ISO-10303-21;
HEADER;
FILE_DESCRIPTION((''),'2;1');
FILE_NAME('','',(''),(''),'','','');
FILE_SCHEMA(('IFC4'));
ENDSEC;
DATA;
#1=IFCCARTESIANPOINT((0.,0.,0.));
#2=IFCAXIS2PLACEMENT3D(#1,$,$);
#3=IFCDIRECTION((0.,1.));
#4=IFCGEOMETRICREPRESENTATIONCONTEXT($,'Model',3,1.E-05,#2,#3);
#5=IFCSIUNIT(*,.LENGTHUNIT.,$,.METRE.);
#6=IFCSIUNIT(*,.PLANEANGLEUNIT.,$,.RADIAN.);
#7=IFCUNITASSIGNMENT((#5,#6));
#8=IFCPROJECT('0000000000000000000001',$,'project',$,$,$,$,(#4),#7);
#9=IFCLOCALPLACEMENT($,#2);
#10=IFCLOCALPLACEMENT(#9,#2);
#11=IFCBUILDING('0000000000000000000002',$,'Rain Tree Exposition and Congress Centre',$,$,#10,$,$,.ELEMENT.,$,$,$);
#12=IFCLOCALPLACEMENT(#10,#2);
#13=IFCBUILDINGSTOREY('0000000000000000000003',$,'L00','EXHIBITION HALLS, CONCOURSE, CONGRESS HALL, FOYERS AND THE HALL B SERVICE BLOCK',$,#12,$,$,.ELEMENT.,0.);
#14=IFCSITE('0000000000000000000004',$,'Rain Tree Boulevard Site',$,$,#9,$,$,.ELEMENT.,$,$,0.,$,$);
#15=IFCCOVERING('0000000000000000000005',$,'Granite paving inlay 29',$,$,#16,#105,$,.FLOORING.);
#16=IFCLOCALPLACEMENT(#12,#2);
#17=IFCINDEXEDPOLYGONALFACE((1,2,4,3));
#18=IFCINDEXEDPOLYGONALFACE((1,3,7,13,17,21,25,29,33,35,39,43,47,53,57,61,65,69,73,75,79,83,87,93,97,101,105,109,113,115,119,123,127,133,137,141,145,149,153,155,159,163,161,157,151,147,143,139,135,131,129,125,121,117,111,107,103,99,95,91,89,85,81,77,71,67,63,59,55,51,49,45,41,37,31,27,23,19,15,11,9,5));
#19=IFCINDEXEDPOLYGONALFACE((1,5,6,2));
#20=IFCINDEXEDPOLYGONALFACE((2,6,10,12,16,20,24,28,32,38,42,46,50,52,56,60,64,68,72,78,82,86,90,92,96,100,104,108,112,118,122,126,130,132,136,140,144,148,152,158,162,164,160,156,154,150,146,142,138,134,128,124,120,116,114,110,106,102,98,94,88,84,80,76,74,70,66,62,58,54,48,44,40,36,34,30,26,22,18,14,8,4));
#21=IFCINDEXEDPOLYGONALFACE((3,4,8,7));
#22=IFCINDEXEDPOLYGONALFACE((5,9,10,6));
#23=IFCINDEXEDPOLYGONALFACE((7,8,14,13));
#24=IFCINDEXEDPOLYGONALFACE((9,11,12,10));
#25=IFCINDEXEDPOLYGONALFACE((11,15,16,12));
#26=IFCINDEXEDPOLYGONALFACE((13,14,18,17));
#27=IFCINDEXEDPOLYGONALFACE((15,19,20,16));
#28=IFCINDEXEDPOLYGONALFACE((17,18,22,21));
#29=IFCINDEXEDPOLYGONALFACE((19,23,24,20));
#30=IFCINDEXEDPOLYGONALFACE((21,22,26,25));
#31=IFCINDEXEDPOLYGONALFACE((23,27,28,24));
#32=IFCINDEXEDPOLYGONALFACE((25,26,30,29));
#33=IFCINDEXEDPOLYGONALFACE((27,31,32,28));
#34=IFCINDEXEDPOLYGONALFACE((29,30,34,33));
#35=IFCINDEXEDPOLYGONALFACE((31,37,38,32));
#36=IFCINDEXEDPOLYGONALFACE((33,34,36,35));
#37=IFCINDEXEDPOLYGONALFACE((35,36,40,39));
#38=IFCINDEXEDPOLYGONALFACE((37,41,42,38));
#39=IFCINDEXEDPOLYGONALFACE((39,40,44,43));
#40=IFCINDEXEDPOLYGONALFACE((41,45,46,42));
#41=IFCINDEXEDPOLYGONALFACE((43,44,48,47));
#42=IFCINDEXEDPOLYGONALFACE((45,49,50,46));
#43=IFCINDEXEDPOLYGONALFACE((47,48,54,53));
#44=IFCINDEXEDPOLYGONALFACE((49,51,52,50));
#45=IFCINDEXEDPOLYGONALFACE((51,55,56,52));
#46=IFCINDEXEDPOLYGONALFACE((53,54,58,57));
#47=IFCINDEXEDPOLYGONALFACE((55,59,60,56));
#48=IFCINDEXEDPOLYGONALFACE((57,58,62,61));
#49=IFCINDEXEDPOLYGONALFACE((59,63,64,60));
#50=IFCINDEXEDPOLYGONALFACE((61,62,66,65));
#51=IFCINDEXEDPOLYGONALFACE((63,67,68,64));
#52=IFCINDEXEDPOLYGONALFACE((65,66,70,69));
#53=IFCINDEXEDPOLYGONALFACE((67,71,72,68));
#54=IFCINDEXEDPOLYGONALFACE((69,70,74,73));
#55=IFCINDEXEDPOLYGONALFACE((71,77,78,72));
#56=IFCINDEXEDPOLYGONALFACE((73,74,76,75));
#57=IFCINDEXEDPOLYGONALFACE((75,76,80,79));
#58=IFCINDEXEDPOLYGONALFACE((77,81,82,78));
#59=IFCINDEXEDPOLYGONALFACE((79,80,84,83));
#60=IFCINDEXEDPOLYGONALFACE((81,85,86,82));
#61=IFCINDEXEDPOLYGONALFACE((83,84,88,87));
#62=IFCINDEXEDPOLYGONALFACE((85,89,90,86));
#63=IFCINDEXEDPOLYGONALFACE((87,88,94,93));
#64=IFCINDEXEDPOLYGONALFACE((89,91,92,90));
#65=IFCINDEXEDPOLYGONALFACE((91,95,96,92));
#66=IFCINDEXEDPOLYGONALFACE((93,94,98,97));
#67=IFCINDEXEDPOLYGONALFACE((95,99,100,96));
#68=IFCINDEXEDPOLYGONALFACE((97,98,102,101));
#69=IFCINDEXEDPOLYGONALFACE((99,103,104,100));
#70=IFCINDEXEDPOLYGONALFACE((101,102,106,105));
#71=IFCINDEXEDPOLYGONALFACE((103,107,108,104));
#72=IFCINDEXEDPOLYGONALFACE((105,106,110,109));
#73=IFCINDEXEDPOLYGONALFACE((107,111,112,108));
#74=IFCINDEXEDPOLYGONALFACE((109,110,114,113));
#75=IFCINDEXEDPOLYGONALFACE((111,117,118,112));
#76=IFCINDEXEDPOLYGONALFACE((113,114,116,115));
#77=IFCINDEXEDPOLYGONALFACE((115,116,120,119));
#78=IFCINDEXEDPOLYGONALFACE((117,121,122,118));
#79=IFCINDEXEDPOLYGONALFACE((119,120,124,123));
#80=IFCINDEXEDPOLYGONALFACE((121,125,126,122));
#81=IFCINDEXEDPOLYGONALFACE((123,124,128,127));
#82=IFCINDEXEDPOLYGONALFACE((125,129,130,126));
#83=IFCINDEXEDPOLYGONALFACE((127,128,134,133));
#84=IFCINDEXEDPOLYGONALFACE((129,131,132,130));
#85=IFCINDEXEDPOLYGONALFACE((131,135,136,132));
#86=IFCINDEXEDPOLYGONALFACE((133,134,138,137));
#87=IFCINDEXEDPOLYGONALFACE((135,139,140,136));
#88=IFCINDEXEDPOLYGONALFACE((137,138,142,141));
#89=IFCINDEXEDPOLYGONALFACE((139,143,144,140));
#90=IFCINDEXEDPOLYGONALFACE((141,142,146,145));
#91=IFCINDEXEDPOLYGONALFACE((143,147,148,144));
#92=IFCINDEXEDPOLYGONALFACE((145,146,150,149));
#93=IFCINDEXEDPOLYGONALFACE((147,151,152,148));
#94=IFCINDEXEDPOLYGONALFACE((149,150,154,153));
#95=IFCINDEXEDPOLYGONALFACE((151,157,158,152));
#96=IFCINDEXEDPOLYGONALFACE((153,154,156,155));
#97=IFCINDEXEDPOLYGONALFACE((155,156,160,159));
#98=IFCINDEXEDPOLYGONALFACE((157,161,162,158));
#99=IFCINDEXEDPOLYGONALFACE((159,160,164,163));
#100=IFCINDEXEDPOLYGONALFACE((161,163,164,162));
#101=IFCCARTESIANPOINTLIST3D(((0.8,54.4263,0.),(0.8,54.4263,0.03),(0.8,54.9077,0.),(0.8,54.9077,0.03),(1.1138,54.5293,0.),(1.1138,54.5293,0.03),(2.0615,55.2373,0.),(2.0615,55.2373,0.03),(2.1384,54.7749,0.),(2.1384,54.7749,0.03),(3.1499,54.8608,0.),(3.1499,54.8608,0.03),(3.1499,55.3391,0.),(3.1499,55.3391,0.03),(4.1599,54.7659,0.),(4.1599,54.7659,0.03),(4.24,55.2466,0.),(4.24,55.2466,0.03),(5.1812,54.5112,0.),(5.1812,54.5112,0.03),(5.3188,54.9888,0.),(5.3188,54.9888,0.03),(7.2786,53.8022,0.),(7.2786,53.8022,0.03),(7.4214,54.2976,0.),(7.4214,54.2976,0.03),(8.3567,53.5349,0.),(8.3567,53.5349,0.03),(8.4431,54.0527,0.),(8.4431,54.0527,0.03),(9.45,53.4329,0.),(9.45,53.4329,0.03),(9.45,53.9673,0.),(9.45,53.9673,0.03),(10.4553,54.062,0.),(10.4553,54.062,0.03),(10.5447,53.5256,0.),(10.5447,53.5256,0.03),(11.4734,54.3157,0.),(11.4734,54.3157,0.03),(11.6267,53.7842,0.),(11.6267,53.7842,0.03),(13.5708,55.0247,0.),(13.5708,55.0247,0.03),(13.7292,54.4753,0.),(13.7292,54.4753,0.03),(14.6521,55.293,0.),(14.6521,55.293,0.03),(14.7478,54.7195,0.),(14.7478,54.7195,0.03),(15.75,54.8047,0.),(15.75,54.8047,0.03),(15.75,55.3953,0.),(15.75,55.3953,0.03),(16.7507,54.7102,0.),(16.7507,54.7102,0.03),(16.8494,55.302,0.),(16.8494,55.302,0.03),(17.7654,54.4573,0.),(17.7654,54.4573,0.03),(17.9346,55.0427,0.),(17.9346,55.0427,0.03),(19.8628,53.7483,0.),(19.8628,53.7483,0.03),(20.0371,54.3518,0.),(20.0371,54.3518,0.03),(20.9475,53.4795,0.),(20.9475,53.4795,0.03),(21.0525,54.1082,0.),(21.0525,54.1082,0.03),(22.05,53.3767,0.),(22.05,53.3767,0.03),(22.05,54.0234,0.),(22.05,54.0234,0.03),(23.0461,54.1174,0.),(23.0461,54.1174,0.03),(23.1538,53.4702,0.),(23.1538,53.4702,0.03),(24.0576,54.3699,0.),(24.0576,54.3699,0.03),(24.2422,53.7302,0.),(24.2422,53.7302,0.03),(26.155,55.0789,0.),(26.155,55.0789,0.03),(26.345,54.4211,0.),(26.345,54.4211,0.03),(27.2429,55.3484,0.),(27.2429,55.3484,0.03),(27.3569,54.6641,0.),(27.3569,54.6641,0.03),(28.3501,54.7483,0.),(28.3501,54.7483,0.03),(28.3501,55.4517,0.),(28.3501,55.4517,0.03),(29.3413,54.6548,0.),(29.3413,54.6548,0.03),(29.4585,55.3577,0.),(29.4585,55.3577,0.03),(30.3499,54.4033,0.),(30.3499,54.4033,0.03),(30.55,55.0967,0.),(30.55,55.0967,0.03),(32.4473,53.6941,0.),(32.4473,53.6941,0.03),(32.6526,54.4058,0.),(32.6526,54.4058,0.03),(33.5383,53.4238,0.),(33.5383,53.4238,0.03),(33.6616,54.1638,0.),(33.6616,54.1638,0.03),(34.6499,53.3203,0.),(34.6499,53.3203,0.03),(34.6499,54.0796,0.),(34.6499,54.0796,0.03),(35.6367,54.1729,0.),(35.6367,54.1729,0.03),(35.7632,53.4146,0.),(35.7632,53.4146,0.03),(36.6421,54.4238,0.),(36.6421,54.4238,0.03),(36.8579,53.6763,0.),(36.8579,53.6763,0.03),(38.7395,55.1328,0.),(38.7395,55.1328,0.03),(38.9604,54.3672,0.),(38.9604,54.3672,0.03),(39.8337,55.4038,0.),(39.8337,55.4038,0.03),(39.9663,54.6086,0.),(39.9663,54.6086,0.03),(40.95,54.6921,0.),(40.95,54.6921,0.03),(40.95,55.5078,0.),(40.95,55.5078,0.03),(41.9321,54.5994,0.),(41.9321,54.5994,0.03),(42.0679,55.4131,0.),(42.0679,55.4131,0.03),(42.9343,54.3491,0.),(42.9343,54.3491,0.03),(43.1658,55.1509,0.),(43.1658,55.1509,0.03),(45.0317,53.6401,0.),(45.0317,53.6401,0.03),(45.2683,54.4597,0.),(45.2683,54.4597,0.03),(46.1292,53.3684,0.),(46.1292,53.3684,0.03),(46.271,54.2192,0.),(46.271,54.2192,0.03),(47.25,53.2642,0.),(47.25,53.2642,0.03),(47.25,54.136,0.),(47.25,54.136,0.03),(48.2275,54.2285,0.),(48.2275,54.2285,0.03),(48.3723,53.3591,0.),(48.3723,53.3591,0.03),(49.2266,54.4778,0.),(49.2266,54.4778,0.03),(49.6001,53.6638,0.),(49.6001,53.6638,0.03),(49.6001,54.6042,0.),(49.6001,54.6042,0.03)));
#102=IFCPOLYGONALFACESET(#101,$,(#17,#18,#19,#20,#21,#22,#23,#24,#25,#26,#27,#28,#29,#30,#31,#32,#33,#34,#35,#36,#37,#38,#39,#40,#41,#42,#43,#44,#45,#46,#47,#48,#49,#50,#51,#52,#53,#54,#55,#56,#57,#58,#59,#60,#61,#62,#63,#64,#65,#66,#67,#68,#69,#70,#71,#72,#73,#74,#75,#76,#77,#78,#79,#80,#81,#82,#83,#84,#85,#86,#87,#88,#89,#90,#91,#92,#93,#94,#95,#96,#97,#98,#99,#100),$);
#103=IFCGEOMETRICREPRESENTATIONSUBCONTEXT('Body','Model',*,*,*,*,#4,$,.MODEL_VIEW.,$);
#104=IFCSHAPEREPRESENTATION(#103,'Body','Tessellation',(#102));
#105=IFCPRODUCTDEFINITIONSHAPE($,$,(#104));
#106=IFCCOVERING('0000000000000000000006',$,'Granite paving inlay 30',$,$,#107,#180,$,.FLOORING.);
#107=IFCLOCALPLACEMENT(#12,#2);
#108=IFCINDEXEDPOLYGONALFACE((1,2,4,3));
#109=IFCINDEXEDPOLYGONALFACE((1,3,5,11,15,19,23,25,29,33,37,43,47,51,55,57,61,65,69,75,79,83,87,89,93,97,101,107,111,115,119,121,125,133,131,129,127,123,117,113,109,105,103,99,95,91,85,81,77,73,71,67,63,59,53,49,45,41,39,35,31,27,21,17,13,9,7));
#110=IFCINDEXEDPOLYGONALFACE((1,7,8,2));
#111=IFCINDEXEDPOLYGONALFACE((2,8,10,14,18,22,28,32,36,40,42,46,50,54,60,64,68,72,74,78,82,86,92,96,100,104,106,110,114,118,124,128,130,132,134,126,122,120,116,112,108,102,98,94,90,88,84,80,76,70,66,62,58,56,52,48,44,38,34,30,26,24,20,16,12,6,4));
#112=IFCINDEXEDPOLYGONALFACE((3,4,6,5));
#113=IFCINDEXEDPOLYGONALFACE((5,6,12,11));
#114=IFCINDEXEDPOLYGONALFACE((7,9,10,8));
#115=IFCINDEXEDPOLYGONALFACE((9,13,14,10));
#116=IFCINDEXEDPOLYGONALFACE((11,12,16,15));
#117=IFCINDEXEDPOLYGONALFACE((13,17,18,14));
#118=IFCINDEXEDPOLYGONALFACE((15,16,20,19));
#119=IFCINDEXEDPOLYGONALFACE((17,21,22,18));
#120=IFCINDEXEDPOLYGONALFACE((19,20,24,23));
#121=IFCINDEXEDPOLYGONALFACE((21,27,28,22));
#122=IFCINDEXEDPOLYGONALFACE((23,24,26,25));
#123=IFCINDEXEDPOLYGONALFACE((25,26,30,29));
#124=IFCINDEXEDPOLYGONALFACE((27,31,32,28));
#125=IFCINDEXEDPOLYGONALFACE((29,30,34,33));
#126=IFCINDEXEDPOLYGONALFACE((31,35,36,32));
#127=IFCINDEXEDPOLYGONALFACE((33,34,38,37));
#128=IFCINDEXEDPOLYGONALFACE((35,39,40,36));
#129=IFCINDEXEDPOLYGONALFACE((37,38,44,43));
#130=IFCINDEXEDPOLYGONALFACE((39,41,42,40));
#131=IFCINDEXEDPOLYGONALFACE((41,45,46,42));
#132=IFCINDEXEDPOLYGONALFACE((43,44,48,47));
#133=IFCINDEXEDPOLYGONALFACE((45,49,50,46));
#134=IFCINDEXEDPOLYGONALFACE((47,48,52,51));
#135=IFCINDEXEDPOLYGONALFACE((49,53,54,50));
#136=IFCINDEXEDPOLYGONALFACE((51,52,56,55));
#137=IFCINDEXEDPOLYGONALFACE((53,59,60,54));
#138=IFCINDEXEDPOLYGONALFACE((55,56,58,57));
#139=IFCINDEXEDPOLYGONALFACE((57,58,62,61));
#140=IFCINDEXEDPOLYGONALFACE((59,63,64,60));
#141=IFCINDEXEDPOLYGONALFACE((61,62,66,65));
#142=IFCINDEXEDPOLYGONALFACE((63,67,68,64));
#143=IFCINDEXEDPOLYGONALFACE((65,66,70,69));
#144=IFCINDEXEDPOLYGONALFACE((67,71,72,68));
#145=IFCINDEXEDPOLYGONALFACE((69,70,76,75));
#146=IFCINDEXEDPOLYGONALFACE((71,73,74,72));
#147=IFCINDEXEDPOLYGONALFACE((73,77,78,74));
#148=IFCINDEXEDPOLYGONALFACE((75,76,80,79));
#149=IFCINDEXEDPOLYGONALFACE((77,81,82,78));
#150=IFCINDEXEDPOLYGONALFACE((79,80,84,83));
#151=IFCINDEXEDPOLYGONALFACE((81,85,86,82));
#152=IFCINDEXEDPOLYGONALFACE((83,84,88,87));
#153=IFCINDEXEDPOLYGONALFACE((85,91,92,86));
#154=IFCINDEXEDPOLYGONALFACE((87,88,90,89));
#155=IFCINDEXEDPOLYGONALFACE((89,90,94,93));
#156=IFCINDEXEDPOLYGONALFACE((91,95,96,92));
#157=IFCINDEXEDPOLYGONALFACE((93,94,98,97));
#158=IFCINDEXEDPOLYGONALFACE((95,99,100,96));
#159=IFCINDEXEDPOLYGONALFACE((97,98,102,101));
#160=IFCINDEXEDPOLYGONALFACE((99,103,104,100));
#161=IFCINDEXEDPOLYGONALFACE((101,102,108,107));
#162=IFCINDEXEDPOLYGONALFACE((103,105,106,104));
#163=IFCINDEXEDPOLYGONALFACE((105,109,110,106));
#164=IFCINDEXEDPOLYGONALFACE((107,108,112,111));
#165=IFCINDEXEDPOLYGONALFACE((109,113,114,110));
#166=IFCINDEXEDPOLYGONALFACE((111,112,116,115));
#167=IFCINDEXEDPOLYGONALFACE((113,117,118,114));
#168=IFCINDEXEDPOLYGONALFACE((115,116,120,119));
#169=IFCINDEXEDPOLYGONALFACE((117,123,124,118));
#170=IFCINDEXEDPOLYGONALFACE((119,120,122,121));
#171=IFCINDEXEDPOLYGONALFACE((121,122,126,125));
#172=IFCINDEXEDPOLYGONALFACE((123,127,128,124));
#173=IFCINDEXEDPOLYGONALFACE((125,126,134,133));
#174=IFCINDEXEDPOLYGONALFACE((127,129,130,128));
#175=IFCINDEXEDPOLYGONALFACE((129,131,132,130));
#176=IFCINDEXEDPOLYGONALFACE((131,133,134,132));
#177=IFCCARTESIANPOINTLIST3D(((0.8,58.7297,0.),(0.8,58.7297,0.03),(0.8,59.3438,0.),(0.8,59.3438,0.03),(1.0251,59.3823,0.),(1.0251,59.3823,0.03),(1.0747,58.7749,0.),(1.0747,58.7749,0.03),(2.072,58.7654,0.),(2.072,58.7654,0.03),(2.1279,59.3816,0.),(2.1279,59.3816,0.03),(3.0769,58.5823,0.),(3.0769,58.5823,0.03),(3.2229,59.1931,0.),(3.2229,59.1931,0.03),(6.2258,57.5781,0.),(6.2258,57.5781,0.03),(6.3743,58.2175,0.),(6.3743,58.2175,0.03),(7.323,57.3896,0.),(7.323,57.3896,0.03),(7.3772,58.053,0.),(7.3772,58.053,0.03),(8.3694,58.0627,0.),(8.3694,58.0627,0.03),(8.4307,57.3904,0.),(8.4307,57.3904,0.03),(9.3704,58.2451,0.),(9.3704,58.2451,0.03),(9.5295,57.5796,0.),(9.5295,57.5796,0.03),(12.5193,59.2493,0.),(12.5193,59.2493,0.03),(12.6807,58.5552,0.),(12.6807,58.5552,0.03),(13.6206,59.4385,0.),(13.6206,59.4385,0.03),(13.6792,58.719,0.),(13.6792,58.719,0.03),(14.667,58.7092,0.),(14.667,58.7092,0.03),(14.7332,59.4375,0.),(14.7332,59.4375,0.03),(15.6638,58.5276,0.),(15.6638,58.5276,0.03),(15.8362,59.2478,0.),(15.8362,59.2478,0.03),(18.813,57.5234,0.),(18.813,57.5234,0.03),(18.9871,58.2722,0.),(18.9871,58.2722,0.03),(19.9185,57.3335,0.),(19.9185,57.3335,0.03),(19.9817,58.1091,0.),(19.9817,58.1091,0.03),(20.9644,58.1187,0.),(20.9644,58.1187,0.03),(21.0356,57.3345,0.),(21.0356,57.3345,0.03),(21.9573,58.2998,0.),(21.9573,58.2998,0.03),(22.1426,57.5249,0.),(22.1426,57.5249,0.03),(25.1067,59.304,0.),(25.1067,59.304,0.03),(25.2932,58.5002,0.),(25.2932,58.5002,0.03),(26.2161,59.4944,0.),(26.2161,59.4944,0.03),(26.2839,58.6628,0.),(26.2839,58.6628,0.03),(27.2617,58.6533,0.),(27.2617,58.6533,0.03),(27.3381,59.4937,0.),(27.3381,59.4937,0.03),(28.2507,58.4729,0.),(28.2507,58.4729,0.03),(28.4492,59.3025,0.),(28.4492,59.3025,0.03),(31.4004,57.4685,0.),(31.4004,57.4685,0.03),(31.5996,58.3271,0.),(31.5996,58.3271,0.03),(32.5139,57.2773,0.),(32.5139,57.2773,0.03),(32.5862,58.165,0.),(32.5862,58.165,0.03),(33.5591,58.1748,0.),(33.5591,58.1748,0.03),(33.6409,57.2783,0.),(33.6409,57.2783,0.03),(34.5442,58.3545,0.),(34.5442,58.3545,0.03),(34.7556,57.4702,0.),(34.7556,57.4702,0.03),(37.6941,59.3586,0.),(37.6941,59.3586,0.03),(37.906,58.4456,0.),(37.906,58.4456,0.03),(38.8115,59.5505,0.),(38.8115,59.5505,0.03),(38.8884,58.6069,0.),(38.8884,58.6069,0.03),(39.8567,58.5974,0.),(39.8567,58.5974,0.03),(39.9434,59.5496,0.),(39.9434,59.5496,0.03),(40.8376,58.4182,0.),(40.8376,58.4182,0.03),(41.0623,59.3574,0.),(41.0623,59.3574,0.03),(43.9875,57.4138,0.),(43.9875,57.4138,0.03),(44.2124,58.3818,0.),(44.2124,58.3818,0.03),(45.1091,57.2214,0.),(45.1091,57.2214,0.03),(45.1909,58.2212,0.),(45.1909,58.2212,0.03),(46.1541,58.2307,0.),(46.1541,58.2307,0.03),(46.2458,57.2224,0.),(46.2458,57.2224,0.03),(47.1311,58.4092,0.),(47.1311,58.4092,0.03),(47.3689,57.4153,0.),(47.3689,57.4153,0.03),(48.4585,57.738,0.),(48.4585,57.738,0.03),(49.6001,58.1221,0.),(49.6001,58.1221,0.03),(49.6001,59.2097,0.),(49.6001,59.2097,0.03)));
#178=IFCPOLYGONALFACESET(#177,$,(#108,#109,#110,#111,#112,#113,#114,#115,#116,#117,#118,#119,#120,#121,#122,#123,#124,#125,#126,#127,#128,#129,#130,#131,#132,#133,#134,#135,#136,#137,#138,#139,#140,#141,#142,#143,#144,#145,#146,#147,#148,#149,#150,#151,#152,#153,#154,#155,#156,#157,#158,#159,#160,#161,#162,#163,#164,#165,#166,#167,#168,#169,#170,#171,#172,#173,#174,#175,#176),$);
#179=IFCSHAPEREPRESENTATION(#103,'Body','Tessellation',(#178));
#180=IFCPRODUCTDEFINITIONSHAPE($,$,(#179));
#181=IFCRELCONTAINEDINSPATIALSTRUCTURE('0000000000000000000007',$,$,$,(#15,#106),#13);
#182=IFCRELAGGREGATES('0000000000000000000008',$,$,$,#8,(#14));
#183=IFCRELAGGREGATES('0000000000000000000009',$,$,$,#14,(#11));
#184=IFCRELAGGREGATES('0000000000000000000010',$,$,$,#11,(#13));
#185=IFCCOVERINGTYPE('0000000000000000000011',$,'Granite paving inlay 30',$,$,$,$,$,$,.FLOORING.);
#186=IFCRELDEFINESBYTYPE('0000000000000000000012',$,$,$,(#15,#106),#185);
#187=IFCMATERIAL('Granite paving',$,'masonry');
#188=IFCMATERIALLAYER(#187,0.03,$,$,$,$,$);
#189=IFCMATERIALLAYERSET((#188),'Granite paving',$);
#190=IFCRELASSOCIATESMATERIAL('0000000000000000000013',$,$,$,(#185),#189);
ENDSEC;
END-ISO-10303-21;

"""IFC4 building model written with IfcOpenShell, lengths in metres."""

from ifc_helpers import new_model, si_unit, direction, origin, place, context, subcontext, project, spatial, polyline, outline, extrude, material, layer, layer_set, type_object, element, save


model = new_model("IFC4")

# Units and contexts
model_context = context("Model", 3, precision=1e-05, world=origin(), true_north=direction((0.0, 1.0)))
body_context = subcontext(model_context, "Body", "Model", "MODEL_VIEW")
ifc_project = project(units=[si_unit("LENGTHUNIT", "METRE"), si_unit("PLANEANGLEUNIT", "RADIAN")], contexts=[model_context])

# Site, building, storey
site_placement = place(None, origin())
site = spatial("IfcSite", under=ifc_project, at=site_placement, Name="Rain Tree Boulevard Site", CompositionType="ELEMENT", RefElevation=0.0)
building_placement = place(site_placement, origin())
building = spatial("IfcBuilding", under=site, at=building_placement, Name="Rain Tree Exposition and Congress Centre", CompositionType="ELEMENT")
storey_placement = place(building_placement, origin())
storey = spatial("IfcBuildingStorey", under=building, at=storey_placement, Name="L00", Description="EXHIBITION HALLS, CONCOURSE, CONGRESS HALL, FOYERS AND THE HALL B SERVICE BLOCK", CompositionType="ELEMENT", Elevation=0.0)

# Coverings
ifc_material_1 = material(Name="Granite paving", Category="masonry")
ifc_layer_1 = layer(ifc_material_1, 0.03)
ifc_layer_set_1 = layer_set([ifc_layer_1], Name="Granite paving")
covering_type = type_object("IfcCoveringType", Name="Granite paving inlay 30", PredefinedType="FLOORING", material=ifc_layer_set_1)
covering_1_placement = place(storey_placement, origin())
element("IfcCovering", 1, at=covering_1_placement, inside=storey, type_object=covering_type, Name="Granite paving inlay 29", PredefinedType="FLOORING", context=body_context, shape_type="SweptSolid", body=[
    extrude(outline(polyline([(2.0615, 55.2373), (0.8, 54.9077), (0.8, 54.4263), (1.1138, 54.5293), (2.1384, 54.7749), (3.1499, 54.8608), (4.1599, 54.7659), (5.1812, 54.5112), (7.2786, 53.8022), (8.3567, 53.5349), (9.45, 53.4329), (10.5447, 53.5256), (11.6267, 53.7842), (13.7292, 54.4753), (14.7478, 54.7195), (15.75, 54.8047), (16.7507, 54.7102), (17.7654, 54.4573), (19.8628, 53.7483), (20.9475, 53.4795), (22.05, 53.3767), (23.1538, 53.4702), (24.2422, 53.7302), (26.345, 54.4211), (27.3569, 54.6641), (28.3501, 54.7483), (29.3413, 54.6548), (30.3499, 54.4033), (32.4473, 53.6941), (33.5383, 53.4238), (34.6499, 53.3203), (35.7632, 53.4146), (36.8579, 53.6763), (38.9604, 54.3672), (39.9663, 54.6086), (40.95, 54.6921), (41.9321, 54.5994), (42.9343, 54.3491), (45.0317, 53.6401), (46.1292, 53.3684), (47.25, 53.2642), (48.3723, 53.3591), (49.6001, 53.6638), (49.6001, 54.6042), (49.2266, 54.4778), (48.2275, 54.2285), (47.25, 54.136), (46.271, 54.2192), (45.2683, 54.4597), (43.1658, 55.1509), (42.0679, 55.4131), (40.95, 55.5078), (39.8337, 55.4038), (38.7395, 55.1328), (36.6421, 54.4238), (35.6367, 54.1729), (34.6499, 54.0796), (33.6616, 54.1638), (32.6526, 54.4058), (30.55, 55.0967), (29.4585, 55.3577), (28.3501, 55.4517), (27.2429, 55.3484), (26.155, 55.0789), (24.0576, 54.3699), (23.0461, 54.1174), (22.05, 54.0234), (21.0525, 54.1082), (20.0371, 54.3518), (17.9346, 55.0427), (16.8494, 55.302), (15.75, 55.3953), (14.6521, 55.293), (13.5708, 55.0247), (11.4734, 54.3157), (10.4553, 54.062), (9.45, 53.9673), (8.4431, 54.0527), (7.4214, 54.2976), (5.3188, 54.9888), (4.24, 55.2466), (3.1499, 55.3391), (2.0615, 55.2373)])), origin(), (0.0, 0.0, 1.0), 0.03),
])
covering_2_placement = place(storey_placement, origin())
element("IfcCovering", 2, at=covering_2_placement, inside=storey, type_object=covering_type, Name="Granite paving inlay 30", PredefinedType="FLOORING", context=body_context, shape_type="SweptSolid", body=[
    extrude(outline(polyline([(2.1279, 59.3816), (1.0251, 59.3823), (0.8, 59.3438), (0.8, 58.7297), (1.0747, 58.7749), (2.072, 58.7654), (3.0769, 58.5823), (6.2258, 57.5781), (7.323, 57.3896), (8.4307, 57.3904), (9.5295, 57.5796), (12.6807, 58.5552), (13.6792, 58.719), (14.667, 58.7092), (15.6638, 58.5276), (18.813, 57.5234), (19.9185, 57.3335), (21.0356, 57.3345), (22.1426, 57.5249), (25.2932, 58.5002), (26.2839, 58.6628), (27.2617, 58.6533), (28.2507, 58.4729), (31.4004, 57.4685), (32.5139, 57.2773), (33.6409, 57.2783), (34.7556, 57.4702), (37.906, 58.4456), (38.8884, 58.6069), (39.8567, 58.5974), (40.8376, 58.4182), (43.9875, 57.4138), (45.1091, 57.2214), (46.2458, 57.2224), (47.3689, 57.4153), (48.4585, 57.738), (49.6001, 58.1221), (49.6001, 59.2097), (47.1311, 58.4092), (46.1541, 58.2307), (45.1909, 58.2212), (44.2124, 58.3818), (41.0623, 59.3574), (39.9434, 59.5496), (38.8115, 59.5505), (37.6941, 59.3586), (34.5442, 58.3545), (33.5591, 58.1748), (32.5862, 58.165), (31.5996, 58.3271), (28.4492, 59.3025), (27.3381, 59.4937), (26.2161, 59.4944), (25.1067, 59.304), (21.9573, 58.2998), (20.9644, 58.1187), (19.9817, 58.1091), (18.9871, 58.2722), (15.8362, 59.2478), (14.7332, 59.4375), (13.6206, 59.4385), (12.5193, 59.2493), (9.3704, 58.2451), (8.3694, 58.0627), (7.3772, 58.053), (6.3743, 58.2175), (3.2229, 59.1931), (2.1279, 59.3816)])), origin(), (0.0, 0.0, 1.0), 0.03),
])

save(model, "model.ifc")
